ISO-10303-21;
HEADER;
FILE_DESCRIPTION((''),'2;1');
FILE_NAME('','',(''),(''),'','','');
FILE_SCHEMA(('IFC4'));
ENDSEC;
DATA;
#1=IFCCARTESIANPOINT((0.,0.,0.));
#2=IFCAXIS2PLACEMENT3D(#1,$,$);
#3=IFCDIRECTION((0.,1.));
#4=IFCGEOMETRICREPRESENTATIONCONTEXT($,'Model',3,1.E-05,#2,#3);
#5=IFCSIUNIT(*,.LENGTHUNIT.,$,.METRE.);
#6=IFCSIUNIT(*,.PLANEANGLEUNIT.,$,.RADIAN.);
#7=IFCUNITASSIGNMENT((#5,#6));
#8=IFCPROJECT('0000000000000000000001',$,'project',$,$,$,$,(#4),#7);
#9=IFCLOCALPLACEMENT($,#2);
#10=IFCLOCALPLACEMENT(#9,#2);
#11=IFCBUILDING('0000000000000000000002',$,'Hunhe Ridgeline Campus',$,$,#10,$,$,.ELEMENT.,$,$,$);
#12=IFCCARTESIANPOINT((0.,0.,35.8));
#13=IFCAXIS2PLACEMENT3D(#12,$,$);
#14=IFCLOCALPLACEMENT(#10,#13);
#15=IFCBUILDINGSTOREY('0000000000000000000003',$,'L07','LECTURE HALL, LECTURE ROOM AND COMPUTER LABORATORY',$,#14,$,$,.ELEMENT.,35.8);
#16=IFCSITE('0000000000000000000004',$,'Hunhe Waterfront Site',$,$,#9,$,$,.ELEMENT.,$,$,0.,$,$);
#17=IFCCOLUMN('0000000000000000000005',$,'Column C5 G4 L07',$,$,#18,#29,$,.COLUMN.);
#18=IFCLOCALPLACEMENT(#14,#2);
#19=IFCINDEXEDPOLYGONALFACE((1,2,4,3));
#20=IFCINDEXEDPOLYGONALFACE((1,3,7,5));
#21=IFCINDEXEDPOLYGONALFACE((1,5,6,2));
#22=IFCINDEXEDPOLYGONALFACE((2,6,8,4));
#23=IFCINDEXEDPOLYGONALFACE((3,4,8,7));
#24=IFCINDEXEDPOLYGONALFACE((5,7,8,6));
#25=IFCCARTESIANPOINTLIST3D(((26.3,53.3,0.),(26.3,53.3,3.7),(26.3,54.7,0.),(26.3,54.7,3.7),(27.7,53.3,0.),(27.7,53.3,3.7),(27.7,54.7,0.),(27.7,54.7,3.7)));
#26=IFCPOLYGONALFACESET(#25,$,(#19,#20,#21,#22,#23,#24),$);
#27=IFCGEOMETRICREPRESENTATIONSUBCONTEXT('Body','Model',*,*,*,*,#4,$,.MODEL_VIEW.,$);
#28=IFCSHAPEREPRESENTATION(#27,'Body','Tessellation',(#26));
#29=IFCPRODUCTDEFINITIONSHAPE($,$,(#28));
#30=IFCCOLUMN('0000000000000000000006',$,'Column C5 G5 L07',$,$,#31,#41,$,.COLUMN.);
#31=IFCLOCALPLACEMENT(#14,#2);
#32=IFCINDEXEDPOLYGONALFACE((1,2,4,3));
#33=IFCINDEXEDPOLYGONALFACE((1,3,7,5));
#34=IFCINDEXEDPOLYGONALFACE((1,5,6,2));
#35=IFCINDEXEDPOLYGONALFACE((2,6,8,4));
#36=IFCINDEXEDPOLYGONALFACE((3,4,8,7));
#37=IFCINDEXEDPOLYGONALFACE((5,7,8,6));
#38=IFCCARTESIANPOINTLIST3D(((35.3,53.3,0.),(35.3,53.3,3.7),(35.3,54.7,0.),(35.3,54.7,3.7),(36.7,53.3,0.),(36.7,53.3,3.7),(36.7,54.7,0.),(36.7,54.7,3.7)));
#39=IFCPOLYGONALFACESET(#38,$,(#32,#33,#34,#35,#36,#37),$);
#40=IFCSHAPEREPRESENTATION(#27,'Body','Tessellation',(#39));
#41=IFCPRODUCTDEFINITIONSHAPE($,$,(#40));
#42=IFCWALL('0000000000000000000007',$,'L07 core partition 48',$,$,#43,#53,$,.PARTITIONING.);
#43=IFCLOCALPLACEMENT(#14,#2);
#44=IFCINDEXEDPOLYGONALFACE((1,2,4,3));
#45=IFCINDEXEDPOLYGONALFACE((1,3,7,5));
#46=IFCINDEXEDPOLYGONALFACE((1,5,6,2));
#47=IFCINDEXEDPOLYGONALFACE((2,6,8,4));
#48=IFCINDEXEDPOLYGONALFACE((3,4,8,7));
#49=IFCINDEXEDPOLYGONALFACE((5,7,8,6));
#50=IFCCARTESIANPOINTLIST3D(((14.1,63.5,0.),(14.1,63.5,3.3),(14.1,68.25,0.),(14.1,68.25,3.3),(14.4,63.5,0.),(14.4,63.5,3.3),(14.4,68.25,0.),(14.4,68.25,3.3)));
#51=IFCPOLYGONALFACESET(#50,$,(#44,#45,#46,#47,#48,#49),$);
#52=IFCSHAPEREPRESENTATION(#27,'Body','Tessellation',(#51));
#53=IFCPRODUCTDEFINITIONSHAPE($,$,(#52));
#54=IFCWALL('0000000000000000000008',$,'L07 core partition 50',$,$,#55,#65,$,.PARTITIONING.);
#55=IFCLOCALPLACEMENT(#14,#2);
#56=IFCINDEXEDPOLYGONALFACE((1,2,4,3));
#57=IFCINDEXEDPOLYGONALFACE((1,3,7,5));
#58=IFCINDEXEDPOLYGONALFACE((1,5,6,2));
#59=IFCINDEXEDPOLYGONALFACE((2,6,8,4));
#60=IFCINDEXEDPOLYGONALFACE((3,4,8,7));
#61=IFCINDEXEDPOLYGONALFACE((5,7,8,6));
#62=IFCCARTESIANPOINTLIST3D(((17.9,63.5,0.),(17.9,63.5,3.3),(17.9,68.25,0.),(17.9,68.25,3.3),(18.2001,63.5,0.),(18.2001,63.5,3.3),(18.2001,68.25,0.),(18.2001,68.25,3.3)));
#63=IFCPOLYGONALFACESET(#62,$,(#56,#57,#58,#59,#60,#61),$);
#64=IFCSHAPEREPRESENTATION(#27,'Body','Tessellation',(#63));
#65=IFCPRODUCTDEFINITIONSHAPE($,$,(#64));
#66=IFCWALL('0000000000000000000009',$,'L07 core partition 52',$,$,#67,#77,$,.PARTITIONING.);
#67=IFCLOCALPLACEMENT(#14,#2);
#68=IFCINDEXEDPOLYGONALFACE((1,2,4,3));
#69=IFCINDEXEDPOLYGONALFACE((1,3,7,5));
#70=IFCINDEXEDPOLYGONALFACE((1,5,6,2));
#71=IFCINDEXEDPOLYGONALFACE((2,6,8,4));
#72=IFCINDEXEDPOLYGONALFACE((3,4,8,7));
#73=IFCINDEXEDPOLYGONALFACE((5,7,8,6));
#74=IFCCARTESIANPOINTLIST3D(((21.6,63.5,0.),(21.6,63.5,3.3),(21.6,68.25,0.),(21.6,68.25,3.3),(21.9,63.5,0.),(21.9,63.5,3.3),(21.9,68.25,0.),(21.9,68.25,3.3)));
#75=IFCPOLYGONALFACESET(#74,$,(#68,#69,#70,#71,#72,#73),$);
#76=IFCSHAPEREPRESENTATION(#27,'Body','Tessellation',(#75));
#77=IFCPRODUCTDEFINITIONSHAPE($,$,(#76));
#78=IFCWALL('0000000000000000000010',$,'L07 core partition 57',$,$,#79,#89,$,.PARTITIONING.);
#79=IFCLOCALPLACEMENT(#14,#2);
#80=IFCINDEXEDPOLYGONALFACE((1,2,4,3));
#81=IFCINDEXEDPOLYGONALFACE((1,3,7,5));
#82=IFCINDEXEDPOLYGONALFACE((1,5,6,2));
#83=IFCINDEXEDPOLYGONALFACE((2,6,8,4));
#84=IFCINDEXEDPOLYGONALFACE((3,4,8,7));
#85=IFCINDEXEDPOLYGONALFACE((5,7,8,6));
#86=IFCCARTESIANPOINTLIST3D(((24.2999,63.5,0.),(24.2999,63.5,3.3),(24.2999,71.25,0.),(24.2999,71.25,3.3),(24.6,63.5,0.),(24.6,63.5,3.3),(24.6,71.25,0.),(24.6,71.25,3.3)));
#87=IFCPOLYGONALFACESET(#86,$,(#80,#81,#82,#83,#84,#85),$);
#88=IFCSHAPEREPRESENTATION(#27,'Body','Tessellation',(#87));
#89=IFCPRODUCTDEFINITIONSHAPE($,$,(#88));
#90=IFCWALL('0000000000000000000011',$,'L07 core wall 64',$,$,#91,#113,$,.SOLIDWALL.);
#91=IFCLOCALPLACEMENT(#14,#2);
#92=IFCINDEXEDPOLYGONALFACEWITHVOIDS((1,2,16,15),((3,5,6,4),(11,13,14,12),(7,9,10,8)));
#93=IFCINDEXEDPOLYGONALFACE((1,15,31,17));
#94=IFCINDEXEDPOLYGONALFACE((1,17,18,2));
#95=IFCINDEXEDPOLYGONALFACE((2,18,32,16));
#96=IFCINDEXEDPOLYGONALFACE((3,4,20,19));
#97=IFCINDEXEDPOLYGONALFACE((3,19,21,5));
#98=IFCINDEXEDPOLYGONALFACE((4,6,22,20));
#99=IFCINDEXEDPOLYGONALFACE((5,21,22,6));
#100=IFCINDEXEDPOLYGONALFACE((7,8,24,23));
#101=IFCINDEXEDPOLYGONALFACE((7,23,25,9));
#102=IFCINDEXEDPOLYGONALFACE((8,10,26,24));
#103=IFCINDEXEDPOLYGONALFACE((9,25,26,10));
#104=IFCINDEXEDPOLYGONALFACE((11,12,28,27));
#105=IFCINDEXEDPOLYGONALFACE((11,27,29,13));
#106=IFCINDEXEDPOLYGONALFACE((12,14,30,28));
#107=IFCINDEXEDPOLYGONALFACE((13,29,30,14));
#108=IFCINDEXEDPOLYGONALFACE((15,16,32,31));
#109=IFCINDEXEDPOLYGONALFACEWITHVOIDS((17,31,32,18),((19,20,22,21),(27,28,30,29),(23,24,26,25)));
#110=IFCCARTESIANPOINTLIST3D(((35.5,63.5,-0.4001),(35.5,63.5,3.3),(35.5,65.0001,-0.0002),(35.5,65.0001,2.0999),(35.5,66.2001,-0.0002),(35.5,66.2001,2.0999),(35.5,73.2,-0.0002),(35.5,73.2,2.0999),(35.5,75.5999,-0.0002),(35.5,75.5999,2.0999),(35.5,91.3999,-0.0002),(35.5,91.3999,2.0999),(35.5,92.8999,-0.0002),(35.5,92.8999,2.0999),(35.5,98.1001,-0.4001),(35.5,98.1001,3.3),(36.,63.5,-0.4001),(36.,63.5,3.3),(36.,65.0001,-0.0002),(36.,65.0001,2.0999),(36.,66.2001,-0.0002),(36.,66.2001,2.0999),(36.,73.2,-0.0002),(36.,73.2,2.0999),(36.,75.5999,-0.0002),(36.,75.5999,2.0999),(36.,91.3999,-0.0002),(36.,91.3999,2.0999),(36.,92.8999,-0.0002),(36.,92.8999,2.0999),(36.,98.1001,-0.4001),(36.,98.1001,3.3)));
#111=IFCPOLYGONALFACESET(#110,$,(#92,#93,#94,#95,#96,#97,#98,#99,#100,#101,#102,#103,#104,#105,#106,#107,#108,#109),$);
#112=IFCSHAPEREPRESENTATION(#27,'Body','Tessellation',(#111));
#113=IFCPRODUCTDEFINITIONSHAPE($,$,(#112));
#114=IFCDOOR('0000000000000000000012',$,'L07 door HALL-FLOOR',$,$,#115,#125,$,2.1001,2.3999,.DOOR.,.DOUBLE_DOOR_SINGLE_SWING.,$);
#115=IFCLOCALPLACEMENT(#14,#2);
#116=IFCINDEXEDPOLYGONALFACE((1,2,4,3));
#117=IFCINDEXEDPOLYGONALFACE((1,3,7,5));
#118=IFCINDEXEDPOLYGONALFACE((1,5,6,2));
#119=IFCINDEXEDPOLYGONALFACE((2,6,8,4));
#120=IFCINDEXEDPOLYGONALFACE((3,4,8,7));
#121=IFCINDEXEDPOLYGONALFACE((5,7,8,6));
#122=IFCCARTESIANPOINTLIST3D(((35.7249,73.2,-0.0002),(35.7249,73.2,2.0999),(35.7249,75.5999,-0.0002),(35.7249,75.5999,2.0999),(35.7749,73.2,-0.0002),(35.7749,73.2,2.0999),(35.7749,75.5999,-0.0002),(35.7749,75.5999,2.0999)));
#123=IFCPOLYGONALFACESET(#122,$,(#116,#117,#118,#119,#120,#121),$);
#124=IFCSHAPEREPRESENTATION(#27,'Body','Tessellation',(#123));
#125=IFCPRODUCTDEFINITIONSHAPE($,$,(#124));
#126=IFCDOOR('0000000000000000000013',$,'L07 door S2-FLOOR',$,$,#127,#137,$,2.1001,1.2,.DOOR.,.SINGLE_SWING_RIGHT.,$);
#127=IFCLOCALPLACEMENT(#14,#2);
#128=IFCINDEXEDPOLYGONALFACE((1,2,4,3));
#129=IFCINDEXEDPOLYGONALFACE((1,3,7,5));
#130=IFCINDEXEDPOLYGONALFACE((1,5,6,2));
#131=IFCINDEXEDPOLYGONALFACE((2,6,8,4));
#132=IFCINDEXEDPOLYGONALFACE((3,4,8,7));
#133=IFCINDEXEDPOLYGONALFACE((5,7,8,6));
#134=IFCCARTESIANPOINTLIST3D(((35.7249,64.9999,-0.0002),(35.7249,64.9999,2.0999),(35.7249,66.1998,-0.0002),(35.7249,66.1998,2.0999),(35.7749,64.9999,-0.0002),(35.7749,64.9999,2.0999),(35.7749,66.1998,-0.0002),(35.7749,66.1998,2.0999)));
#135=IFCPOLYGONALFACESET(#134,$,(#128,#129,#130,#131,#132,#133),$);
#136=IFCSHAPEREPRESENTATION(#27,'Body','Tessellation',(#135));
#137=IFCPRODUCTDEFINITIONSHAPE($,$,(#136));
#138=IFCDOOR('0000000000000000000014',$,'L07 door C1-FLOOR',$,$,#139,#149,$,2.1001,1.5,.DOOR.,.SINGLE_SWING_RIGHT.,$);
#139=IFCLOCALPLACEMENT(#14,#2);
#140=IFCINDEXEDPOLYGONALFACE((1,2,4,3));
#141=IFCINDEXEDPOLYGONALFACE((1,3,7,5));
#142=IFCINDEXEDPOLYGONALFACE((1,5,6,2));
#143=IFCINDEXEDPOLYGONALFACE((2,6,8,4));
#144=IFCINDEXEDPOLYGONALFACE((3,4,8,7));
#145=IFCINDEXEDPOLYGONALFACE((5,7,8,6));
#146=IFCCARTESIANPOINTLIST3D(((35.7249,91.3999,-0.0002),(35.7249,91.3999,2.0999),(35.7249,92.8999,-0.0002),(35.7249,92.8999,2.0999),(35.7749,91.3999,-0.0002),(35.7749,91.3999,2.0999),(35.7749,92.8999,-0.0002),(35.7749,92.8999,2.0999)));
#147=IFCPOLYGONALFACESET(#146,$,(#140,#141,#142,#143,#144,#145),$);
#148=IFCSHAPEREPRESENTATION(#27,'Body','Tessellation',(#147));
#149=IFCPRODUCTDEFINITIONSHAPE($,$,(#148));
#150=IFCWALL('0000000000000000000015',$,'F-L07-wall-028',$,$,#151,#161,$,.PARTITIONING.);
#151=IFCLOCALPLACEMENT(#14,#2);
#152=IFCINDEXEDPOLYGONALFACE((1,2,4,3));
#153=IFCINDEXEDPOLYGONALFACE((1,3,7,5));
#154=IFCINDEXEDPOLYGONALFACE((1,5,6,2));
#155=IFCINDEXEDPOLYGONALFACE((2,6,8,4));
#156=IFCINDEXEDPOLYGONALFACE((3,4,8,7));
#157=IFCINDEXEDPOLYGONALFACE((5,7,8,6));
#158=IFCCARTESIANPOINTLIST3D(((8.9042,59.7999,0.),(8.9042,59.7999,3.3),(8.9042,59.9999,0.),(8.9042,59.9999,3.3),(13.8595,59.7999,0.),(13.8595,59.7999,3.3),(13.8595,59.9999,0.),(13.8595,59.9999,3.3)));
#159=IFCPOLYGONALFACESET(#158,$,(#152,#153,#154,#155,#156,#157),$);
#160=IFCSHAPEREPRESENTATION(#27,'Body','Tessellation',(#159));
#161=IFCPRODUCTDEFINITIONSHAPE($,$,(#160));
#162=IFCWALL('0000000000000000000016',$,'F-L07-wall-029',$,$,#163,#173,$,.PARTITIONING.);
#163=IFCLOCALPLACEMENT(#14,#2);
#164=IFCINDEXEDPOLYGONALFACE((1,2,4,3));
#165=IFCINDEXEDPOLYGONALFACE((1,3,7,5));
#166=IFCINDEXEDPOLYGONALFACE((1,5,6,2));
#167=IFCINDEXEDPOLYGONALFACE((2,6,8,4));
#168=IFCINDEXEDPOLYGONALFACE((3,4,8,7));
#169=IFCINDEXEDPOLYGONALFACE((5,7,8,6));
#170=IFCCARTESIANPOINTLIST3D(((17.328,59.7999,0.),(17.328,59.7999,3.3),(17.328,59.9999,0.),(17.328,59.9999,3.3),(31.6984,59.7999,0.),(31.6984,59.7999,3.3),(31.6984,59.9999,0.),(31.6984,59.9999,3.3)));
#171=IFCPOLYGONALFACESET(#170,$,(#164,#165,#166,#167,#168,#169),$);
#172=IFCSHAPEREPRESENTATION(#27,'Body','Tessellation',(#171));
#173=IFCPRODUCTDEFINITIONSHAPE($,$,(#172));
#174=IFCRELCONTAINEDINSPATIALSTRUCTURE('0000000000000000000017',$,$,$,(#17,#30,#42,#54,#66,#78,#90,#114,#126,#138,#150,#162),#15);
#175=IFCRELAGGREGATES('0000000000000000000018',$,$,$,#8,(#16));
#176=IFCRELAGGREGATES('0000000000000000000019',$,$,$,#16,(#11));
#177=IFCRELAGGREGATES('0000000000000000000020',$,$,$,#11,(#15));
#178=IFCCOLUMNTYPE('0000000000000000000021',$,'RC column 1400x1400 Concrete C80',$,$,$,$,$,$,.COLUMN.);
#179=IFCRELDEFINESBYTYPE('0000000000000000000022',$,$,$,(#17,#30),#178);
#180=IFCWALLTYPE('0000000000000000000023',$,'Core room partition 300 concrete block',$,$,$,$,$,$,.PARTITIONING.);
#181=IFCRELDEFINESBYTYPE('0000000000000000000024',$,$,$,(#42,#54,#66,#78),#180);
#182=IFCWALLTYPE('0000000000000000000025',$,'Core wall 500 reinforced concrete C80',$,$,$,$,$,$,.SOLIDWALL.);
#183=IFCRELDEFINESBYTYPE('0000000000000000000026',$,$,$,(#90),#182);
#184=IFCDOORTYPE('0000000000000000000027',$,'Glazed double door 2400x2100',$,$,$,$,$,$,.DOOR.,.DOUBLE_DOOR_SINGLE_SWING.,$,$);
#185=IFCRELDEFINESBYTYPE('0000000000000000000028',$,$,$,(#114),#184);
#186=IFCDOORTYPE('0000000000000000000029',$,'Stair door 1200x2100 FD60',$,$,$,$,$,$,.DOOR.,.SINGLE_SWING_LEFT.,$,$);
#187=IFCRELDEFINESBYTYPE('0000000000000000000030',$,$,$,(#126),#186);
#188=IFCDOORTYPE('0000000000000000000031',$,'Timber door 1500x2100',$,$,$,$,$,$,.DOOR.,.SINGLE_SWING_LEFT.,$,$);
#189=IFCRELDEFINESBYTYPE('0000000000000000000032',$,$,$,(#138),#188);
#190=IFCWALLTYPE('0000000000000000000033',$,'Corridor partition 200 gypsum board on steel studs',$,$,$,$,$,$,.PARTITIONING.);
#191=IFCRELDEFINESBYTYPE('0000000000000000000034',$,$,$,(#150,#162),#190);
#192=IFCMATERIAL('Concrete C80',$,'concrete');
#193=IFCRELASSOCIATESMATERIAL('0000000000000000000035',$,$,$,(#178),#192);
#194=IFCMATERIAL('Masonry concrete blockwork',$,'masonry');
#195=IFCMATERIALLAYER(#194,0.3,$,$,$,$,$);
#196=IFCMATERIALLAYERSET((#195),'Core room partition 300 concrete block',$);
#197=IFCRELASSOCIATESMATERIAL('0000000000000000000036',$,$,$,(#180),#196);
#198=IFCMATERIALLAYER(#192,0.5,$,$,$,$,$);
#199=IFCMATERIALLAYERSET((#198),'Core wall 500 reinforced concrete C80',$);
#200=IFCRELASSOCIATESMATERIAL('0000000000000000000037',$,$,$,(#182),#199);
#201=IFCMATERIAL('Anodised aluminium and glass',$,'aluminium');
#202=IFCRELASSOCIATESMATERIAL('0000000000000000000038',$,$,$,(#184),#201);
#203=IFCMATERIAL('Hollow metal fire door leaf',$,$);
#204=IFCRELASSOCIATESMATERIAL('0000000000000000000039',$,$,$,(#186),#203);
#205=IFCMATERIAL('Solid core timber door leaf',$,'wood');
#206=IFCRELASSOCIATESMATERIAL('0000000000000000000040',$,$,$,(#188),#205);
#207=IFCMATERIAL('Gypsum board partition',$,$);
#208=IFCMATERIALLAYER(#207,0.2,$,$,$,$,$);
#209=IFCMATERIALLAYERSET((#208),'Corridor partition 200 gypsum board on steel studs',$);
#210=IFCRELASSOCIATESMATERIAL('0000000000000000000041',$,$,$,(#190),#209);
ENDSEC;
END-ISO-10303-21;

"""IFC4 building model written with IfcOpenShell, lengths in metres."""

from ifc_helpers import new_model, si_unit, direction, frame, frame_2d, origin, origin_2d, place, context, subcontext, project, spatial, rectangle, extrude, material, layer, layer_set, material_profile, profile_set, type_object, element, fill, save


model = new_model("IFC4")

# Units and contexts
model_context = context("Model", 3, precision=1e-05, world=origin(), true_north=direction((0.0, 1.0)))
body_context = subcontext(model_context, "Body", "Model", "MODEL_VIEW")
ifc_project = project(units=[si_unit("LENGTHUNIT", "METRE"), si_unit("PLANEANGLEUNIT", "RADIAN")], contexts=[model_context])

# Site, building, storey
site_placement = place(None, origin())
site = spatial("IfcSite", under=ifc_project, at=site_placement, Name="Hunhe Waterfront Site", CompositionType="ELEMENT", RefElevation=0.0)
building_placement = place(site_placement, origin())
building = spatial("IfcBuilding", under=site, at=building_placement, Name="Hunhe Ridgeline Campus", CompositionType="ELEMENT")
storey_placement = place(building_placement, frame((0.0, 0.0, 35.8)))
storey = spatial("IfcBuildingStorey", under=building, at=storey_placement, Name="L07", Description="LECTURE HALL, LECTURE ROOM AND COMPUTER LABORATORY", CompositionType="ELEMENT", Elevation=35.8)

# Columns
ifc_material_1 = material(Name="Concrete C80", Category="concrete")
ifc_material_profile = material_profile(ifc_material_1, rectangle(XDim=1.3999, YDim=1.3999, at=origin_2d()))
ifc_profile_set = profile_set([ifc_material_profile], Name="Concrete C80")
column_type = type_object("IfcColumnType", Name="RC column 1400x1400 Concrete C80", PredefinedType="COLUMN", material=ifc_profile_set)
for number, where, z_axis, x_axis, name in (
    (1, (27.0, 54.0, 0.0), (0.0, 0.0, 1.0), (1.0, 0.0, 0.0), "Column C5 G4 L07"),
    (2, (36.0, 54.0, 0.0), (0.0, 0.0, 1.0), (1.0, 0.0, 0.0), "Column C5 G5 L07"),
):
    element("IfcColumn", number, at=place(storey_placement, frame(where, z_axis=z_axis, x_axis=x_axis)), inside=storey, type_object=column_type, Name=name, PredefinedType="COLUMN", context=body_context, shape_type="SweptSolid", body=[
        extrude(rectangle(XDim=1.3999, YDim=1.3999, at=origin_2d()), origin(), (0.0, 0.0, 1.0), 3.7),
    ])

# Walls
ifc_material_2 = material(Name="Masonry concrete blockwork", Category="masonry")
ifc_layer_1 = layer(ifc_material_2, 0.3)
ifc_layer_set_1 = layer_set([ifc_layer_1], Name="Core room partition 300 concrete block")
wall_type_1 = type_object("IfcWallType", Name="Core room partition 300 concrete block", PredefinedType="PARTITIONING", material=ifc_layer_set_1)
for number, where, z_axis, x_axis, name in (
    (3, (14.25, 63.5, 0.0), (0.0, 0.0, 1.0), (0.0, 1.0, 0.0), "L07 core partition 48"),
    (4, (18.05, 63.5, 0.0), (0.0, 0.0, 1.0), (0.0, 1.0, 0.0), "L07 core partition 50"),
    (5, (21.75, 63.5, 0.0), (0.0, 0.0, 1.0), (0.0, 1.0, 0.0), "L07 core partition 52"),
):
    element("IfcWall", number, at=place(storey_placement, frame(where, z_axis=z_axis, x_axis=x_axis)), inside=storey, type_object=wall_type_1, Name=name, PredefinedType="PARTITIONING", context=body_context, shape_type="SweptSolid", body=[
        extrude(rectangle(XDim=4.75, YDim=0.3, at=frame_2d((2.375, 0.0))), origin(), (0.0, 0.0, 1.0), 3.3),
    ])
wall_1_placement = place(storey_placement, frame((24.45, 63.5, 0.0), z_axis=(0.0, 0.0, 1.0), x_axis=(0.0, 1.0, 0.0)))
element("IfcWall", 6, at=wall_1_placement, inside=storey, type_object=wall_type_1, Name="L07 core partition 57", PredefinedType="PARTITIONING", context=body_context, shape_type="SweptSolid", body=[
    extrude(rectangle(XDim=7.75, YDim=0.3, at=frame_2d((3.875, 0.0))), origin(), (0.0, 0.0, 1.0), 3.3),
])

# Wall, openings, doors
ifc_layer_2 = layer(ifc_material_1, 0.5)
ifc_layer_set_2 = layer_set([ifc_layer_2], Name="Core wall 500 reinforced concrete C80")
wall_type_2 = type_object("IfcWallType", Name="Core wall 500 reinforced concrete C80", PredefinedType="SOLIDWALL", material=ifc_layer_set_2)
wall_2_placement = place(storey_placement, frame((35.75, 63.5, -0.4001), z_axis=(0.0, 0.0, 1.0), x_axis=(0.0, 1.0, 0.0)))
wall_2 = element("IfcWall", 7, at=wall_2_placement, inside=storey, type_object=wall_type_2, Name="L07 core wall 64", PredefinedType="SOLIDWALL", context=body_context, shape_type="SweptSolid", body=[
    extrude(rectangle(XDim=34.6001, YDim=0.5, at=frame_2d((17.3, 0.0))), origin(), (0.0, 0.0, 1.0), 3.7002),
])
opening_1_placement = place(wall_2_placement, frame((9.7, 0.0, 0.3999)))
opening_1 = element("IfcOpeningElement", 8, at=opening_1_placement, cuts=wall_2, PredefinedType="OPENING", context=body_context, shape_type="SweptSolid", body=[
    extrude(rectangle(XDim=2.3999, YDim=2.1001, at=frame_2d((1.2, 1.05))), frame((0.0, 0.25, 0.0), z_axis=(0.0, -1.0, 0.0), x_axis=(1.0, 0.0, 0.0)), (0.0, 0.0, 1.0), 0.5),
])
opening_2_placement = place(wall_2_placement, frame((27.8999, 0.0, 0.3999)))
opening_2 = element("IfcOpeningElement", 9, at=opening_2_placement, cuts=wall_2, PredefinedType="OPENING", context=body_context, shape_type="SweptSolid", body=[
    extrude(rectangle(XDim=1.5, YDim=2.1001, at=frame_2d((0.75, 1.05))), frame((0.0, 0.25, 0.0), z_axis=(0.0, -1.0, 0.0), x_axis=(1.0, 0.0, 0.0)), (0.0, 0.0, 1.0), 0.5),
])
opening_3_placement = place(wall_2_placement, frame((1.5, 0.0, 0.3999)))
opening_3 = element("IfcOpeningElement", 10, at=opening_3_placement, cuts=wall_2, PredefinedType="OPENING", context=body_context, shape_type="SweptSolid", body=[
    extrude(rectangle(XDim=1.2, YDim=2.1001, at=frame_2d((0.6001, 1.05))), frame((0.0, 0.25, 0.0), z_axis=(0.0, -1.0, 0.0), x_axis=(1.0, 0.0, 0.0)), (0.0, 0.0, 1.0), 0.5),
])
ifc_material_3 = material(Name="Anodised aluminium and glass", Category="aluminium")
door_type_1 = type_object("IfcDoorType", Name="Glazed double door 2400x2100", OperationType="DOUBLE_DOOR_SINGLE_SWING", PredefinedType="DOOR", material=ifc_material_3)
door_1_placement = place(opening_1_placement, frame((2.3999, 0.0, 0.0), z_axis=(0.0, 0.0, 1.0), x_axis=(-1.0, 0.0, 0.0)))
door_1 = element("IfcDoor", 11, at=door_1_placement, inside=storey, type_object=door_type_1, Name="L07 door HALL-FLOOR", OperationType="DOUBLE_DOOR_SINGLE_SWING", OverallHeight=2.1001, OverallWidth=2.3999, PredefinedType="DOOR", context=body_context, shape_type="SweptSolid", body=[
    extrude(rectangle(XDim=2.3999, YDim=2.1001, at=frame_2d((1.2, 1.05))), frame((0.0, 0.0249, 0.0), z_axis=(0.0, -1.0, 0.0), x_axis=(1.0, 0.0, 0.0)), (0.0, 0.0, 1.0), 0.05),
])
fill(opening_1, door_1)
ifc_material_4 = material(Name="Hollow metal fire door leaf")
door_type_2 = type_object("IfcDoorType", Name="Stair door 1200x2100 FD60", OperationType="SINGLE_SWING_LEFT", PredefinedType="DOOR", material=ifc_material_4)
door_2_placement = place(opening_3_placement, frame((1.2, 0.0, 0.0), z_axis=(0.0, 0.0, 1.0), x_axis=(-1.0, 0.0, 0.0)))
door_2 = element("IfcDoor", 12, at=door_2_placement, inside=storey, type_object=door_type_2, Name="L07 door S2-FLOOR", OperationType="SINGLE_SWING_RIGHT", OverallHeight=2.1001, OverallWidth=1.2, PredefinedType="DOOR", context=body_context, shape_type="SweptSolid", body=[
    extrude(rectangle(XDim=1.2, YDim=2.1001, at=frame_2d((0.6001, 1.05))), frame((0.0, 0.0249, 0.0), z_axis=(0.0, -1.0, 0.0), x_axis=(1.0, 0.0, 0.0)), (0.0, 0.0, 1.0), 0.05),
])
fill(opening_3, door_2)
ifc_material_5 = material(Name="Solid core timber door leaf", Category="wood")
door_type_3 = type_object("IfcDoorType", Name="Timber door 1500x2100", OperationType="SINGLE_SWING_LEFT", PredefinedType="DOOR", material=ifc_material_5)
door_3_placement = place(opening_2_placement, frame((1.5, 0.0, 0.0), z_axis=(0.0, 0.0, 1.0), x_axis=(-1.0, 0.0, 0.0)))
door_3 = element("IfcDoor", 13, at=door_3_placement, inside=storey, type_object=door_type_3, Name="L07 door C1-FLOOR", OperationType="SINGLE_SWING_RIGHT", OverallHeight=2.1001, OverallWidth=1.5, PredefinedType="DOOR", context=body_context, shape_type="SweptSolid", body=[
    extrude(rectangle(XDim=1.5, YDim=2.1001, at=frame_2d((0.75, 1.05))), frame((0.0, 0.0249, 0.0), z_axis=(0.0, -1.0, 0.0), x_axis=(1.0, 0.0, 0.0)), (0.0, 0.0, 1.0), 0.05),
])
fill(opening_2, door_3)

# Walls
ifc_material_6 = material(Name="Gypsum board partition")
ifc_layer_3 = layer(ifc_material_6, 0.2)
ifc_layer_set_3 = layer_set([ifc_layer_3], Name="Corridor partition 200 gypsum board on steel studs")
wall_type_3 = type_object("IfcWallType", Name="Corridor partition 200 gypsum board on steel studs", PredefinedType="PARTITIONING", material=ifc_layer_set_3)
wall_3_placement = place(storey_placement, frame((13.8594, 59.8999, 0.0), z_axis=(0.0, 0.0, 1.0), x_axis=(-1.0, 0.0, 0.0)))
element("IfcWall", 14, at=wall_3_placement, inside=storey, type_object=wall_type_3, Name="F-L07-wall-028", PredefinedType="PARTITIONING", context=body_context, shape_type="SweptSolid", body=[
    extrude(rectangle(XDim=4.9553, YDim=0.2, at=frame_2d((2.4775, 0.0))), origin(), (0.0, 0.0, 1.0), 3.3),
])
wall_4_placement = place(storey_placement, frame((31.6982, 59.8999, 0.0), z_axis=(0.0, 0.0, 1.0), x_axis=(-1.0, 0.0, 0.0)))
element("IfcWall", 15, at=wall_4_placement, inside=storey, type_object=wall_type_3, Name="F-L07-wall-029", PredefinedType="PARTITIONING", context=body_context, shape_type="SweptSolid", body=[
    extrude(rectangle(XDim=14.3704, YDim=0.2, at=frame_2d((7.1851, 0.0))), origin(), (0.0, 0.0, 1.0), 3.3),
])

save(model, "model.ifc")
